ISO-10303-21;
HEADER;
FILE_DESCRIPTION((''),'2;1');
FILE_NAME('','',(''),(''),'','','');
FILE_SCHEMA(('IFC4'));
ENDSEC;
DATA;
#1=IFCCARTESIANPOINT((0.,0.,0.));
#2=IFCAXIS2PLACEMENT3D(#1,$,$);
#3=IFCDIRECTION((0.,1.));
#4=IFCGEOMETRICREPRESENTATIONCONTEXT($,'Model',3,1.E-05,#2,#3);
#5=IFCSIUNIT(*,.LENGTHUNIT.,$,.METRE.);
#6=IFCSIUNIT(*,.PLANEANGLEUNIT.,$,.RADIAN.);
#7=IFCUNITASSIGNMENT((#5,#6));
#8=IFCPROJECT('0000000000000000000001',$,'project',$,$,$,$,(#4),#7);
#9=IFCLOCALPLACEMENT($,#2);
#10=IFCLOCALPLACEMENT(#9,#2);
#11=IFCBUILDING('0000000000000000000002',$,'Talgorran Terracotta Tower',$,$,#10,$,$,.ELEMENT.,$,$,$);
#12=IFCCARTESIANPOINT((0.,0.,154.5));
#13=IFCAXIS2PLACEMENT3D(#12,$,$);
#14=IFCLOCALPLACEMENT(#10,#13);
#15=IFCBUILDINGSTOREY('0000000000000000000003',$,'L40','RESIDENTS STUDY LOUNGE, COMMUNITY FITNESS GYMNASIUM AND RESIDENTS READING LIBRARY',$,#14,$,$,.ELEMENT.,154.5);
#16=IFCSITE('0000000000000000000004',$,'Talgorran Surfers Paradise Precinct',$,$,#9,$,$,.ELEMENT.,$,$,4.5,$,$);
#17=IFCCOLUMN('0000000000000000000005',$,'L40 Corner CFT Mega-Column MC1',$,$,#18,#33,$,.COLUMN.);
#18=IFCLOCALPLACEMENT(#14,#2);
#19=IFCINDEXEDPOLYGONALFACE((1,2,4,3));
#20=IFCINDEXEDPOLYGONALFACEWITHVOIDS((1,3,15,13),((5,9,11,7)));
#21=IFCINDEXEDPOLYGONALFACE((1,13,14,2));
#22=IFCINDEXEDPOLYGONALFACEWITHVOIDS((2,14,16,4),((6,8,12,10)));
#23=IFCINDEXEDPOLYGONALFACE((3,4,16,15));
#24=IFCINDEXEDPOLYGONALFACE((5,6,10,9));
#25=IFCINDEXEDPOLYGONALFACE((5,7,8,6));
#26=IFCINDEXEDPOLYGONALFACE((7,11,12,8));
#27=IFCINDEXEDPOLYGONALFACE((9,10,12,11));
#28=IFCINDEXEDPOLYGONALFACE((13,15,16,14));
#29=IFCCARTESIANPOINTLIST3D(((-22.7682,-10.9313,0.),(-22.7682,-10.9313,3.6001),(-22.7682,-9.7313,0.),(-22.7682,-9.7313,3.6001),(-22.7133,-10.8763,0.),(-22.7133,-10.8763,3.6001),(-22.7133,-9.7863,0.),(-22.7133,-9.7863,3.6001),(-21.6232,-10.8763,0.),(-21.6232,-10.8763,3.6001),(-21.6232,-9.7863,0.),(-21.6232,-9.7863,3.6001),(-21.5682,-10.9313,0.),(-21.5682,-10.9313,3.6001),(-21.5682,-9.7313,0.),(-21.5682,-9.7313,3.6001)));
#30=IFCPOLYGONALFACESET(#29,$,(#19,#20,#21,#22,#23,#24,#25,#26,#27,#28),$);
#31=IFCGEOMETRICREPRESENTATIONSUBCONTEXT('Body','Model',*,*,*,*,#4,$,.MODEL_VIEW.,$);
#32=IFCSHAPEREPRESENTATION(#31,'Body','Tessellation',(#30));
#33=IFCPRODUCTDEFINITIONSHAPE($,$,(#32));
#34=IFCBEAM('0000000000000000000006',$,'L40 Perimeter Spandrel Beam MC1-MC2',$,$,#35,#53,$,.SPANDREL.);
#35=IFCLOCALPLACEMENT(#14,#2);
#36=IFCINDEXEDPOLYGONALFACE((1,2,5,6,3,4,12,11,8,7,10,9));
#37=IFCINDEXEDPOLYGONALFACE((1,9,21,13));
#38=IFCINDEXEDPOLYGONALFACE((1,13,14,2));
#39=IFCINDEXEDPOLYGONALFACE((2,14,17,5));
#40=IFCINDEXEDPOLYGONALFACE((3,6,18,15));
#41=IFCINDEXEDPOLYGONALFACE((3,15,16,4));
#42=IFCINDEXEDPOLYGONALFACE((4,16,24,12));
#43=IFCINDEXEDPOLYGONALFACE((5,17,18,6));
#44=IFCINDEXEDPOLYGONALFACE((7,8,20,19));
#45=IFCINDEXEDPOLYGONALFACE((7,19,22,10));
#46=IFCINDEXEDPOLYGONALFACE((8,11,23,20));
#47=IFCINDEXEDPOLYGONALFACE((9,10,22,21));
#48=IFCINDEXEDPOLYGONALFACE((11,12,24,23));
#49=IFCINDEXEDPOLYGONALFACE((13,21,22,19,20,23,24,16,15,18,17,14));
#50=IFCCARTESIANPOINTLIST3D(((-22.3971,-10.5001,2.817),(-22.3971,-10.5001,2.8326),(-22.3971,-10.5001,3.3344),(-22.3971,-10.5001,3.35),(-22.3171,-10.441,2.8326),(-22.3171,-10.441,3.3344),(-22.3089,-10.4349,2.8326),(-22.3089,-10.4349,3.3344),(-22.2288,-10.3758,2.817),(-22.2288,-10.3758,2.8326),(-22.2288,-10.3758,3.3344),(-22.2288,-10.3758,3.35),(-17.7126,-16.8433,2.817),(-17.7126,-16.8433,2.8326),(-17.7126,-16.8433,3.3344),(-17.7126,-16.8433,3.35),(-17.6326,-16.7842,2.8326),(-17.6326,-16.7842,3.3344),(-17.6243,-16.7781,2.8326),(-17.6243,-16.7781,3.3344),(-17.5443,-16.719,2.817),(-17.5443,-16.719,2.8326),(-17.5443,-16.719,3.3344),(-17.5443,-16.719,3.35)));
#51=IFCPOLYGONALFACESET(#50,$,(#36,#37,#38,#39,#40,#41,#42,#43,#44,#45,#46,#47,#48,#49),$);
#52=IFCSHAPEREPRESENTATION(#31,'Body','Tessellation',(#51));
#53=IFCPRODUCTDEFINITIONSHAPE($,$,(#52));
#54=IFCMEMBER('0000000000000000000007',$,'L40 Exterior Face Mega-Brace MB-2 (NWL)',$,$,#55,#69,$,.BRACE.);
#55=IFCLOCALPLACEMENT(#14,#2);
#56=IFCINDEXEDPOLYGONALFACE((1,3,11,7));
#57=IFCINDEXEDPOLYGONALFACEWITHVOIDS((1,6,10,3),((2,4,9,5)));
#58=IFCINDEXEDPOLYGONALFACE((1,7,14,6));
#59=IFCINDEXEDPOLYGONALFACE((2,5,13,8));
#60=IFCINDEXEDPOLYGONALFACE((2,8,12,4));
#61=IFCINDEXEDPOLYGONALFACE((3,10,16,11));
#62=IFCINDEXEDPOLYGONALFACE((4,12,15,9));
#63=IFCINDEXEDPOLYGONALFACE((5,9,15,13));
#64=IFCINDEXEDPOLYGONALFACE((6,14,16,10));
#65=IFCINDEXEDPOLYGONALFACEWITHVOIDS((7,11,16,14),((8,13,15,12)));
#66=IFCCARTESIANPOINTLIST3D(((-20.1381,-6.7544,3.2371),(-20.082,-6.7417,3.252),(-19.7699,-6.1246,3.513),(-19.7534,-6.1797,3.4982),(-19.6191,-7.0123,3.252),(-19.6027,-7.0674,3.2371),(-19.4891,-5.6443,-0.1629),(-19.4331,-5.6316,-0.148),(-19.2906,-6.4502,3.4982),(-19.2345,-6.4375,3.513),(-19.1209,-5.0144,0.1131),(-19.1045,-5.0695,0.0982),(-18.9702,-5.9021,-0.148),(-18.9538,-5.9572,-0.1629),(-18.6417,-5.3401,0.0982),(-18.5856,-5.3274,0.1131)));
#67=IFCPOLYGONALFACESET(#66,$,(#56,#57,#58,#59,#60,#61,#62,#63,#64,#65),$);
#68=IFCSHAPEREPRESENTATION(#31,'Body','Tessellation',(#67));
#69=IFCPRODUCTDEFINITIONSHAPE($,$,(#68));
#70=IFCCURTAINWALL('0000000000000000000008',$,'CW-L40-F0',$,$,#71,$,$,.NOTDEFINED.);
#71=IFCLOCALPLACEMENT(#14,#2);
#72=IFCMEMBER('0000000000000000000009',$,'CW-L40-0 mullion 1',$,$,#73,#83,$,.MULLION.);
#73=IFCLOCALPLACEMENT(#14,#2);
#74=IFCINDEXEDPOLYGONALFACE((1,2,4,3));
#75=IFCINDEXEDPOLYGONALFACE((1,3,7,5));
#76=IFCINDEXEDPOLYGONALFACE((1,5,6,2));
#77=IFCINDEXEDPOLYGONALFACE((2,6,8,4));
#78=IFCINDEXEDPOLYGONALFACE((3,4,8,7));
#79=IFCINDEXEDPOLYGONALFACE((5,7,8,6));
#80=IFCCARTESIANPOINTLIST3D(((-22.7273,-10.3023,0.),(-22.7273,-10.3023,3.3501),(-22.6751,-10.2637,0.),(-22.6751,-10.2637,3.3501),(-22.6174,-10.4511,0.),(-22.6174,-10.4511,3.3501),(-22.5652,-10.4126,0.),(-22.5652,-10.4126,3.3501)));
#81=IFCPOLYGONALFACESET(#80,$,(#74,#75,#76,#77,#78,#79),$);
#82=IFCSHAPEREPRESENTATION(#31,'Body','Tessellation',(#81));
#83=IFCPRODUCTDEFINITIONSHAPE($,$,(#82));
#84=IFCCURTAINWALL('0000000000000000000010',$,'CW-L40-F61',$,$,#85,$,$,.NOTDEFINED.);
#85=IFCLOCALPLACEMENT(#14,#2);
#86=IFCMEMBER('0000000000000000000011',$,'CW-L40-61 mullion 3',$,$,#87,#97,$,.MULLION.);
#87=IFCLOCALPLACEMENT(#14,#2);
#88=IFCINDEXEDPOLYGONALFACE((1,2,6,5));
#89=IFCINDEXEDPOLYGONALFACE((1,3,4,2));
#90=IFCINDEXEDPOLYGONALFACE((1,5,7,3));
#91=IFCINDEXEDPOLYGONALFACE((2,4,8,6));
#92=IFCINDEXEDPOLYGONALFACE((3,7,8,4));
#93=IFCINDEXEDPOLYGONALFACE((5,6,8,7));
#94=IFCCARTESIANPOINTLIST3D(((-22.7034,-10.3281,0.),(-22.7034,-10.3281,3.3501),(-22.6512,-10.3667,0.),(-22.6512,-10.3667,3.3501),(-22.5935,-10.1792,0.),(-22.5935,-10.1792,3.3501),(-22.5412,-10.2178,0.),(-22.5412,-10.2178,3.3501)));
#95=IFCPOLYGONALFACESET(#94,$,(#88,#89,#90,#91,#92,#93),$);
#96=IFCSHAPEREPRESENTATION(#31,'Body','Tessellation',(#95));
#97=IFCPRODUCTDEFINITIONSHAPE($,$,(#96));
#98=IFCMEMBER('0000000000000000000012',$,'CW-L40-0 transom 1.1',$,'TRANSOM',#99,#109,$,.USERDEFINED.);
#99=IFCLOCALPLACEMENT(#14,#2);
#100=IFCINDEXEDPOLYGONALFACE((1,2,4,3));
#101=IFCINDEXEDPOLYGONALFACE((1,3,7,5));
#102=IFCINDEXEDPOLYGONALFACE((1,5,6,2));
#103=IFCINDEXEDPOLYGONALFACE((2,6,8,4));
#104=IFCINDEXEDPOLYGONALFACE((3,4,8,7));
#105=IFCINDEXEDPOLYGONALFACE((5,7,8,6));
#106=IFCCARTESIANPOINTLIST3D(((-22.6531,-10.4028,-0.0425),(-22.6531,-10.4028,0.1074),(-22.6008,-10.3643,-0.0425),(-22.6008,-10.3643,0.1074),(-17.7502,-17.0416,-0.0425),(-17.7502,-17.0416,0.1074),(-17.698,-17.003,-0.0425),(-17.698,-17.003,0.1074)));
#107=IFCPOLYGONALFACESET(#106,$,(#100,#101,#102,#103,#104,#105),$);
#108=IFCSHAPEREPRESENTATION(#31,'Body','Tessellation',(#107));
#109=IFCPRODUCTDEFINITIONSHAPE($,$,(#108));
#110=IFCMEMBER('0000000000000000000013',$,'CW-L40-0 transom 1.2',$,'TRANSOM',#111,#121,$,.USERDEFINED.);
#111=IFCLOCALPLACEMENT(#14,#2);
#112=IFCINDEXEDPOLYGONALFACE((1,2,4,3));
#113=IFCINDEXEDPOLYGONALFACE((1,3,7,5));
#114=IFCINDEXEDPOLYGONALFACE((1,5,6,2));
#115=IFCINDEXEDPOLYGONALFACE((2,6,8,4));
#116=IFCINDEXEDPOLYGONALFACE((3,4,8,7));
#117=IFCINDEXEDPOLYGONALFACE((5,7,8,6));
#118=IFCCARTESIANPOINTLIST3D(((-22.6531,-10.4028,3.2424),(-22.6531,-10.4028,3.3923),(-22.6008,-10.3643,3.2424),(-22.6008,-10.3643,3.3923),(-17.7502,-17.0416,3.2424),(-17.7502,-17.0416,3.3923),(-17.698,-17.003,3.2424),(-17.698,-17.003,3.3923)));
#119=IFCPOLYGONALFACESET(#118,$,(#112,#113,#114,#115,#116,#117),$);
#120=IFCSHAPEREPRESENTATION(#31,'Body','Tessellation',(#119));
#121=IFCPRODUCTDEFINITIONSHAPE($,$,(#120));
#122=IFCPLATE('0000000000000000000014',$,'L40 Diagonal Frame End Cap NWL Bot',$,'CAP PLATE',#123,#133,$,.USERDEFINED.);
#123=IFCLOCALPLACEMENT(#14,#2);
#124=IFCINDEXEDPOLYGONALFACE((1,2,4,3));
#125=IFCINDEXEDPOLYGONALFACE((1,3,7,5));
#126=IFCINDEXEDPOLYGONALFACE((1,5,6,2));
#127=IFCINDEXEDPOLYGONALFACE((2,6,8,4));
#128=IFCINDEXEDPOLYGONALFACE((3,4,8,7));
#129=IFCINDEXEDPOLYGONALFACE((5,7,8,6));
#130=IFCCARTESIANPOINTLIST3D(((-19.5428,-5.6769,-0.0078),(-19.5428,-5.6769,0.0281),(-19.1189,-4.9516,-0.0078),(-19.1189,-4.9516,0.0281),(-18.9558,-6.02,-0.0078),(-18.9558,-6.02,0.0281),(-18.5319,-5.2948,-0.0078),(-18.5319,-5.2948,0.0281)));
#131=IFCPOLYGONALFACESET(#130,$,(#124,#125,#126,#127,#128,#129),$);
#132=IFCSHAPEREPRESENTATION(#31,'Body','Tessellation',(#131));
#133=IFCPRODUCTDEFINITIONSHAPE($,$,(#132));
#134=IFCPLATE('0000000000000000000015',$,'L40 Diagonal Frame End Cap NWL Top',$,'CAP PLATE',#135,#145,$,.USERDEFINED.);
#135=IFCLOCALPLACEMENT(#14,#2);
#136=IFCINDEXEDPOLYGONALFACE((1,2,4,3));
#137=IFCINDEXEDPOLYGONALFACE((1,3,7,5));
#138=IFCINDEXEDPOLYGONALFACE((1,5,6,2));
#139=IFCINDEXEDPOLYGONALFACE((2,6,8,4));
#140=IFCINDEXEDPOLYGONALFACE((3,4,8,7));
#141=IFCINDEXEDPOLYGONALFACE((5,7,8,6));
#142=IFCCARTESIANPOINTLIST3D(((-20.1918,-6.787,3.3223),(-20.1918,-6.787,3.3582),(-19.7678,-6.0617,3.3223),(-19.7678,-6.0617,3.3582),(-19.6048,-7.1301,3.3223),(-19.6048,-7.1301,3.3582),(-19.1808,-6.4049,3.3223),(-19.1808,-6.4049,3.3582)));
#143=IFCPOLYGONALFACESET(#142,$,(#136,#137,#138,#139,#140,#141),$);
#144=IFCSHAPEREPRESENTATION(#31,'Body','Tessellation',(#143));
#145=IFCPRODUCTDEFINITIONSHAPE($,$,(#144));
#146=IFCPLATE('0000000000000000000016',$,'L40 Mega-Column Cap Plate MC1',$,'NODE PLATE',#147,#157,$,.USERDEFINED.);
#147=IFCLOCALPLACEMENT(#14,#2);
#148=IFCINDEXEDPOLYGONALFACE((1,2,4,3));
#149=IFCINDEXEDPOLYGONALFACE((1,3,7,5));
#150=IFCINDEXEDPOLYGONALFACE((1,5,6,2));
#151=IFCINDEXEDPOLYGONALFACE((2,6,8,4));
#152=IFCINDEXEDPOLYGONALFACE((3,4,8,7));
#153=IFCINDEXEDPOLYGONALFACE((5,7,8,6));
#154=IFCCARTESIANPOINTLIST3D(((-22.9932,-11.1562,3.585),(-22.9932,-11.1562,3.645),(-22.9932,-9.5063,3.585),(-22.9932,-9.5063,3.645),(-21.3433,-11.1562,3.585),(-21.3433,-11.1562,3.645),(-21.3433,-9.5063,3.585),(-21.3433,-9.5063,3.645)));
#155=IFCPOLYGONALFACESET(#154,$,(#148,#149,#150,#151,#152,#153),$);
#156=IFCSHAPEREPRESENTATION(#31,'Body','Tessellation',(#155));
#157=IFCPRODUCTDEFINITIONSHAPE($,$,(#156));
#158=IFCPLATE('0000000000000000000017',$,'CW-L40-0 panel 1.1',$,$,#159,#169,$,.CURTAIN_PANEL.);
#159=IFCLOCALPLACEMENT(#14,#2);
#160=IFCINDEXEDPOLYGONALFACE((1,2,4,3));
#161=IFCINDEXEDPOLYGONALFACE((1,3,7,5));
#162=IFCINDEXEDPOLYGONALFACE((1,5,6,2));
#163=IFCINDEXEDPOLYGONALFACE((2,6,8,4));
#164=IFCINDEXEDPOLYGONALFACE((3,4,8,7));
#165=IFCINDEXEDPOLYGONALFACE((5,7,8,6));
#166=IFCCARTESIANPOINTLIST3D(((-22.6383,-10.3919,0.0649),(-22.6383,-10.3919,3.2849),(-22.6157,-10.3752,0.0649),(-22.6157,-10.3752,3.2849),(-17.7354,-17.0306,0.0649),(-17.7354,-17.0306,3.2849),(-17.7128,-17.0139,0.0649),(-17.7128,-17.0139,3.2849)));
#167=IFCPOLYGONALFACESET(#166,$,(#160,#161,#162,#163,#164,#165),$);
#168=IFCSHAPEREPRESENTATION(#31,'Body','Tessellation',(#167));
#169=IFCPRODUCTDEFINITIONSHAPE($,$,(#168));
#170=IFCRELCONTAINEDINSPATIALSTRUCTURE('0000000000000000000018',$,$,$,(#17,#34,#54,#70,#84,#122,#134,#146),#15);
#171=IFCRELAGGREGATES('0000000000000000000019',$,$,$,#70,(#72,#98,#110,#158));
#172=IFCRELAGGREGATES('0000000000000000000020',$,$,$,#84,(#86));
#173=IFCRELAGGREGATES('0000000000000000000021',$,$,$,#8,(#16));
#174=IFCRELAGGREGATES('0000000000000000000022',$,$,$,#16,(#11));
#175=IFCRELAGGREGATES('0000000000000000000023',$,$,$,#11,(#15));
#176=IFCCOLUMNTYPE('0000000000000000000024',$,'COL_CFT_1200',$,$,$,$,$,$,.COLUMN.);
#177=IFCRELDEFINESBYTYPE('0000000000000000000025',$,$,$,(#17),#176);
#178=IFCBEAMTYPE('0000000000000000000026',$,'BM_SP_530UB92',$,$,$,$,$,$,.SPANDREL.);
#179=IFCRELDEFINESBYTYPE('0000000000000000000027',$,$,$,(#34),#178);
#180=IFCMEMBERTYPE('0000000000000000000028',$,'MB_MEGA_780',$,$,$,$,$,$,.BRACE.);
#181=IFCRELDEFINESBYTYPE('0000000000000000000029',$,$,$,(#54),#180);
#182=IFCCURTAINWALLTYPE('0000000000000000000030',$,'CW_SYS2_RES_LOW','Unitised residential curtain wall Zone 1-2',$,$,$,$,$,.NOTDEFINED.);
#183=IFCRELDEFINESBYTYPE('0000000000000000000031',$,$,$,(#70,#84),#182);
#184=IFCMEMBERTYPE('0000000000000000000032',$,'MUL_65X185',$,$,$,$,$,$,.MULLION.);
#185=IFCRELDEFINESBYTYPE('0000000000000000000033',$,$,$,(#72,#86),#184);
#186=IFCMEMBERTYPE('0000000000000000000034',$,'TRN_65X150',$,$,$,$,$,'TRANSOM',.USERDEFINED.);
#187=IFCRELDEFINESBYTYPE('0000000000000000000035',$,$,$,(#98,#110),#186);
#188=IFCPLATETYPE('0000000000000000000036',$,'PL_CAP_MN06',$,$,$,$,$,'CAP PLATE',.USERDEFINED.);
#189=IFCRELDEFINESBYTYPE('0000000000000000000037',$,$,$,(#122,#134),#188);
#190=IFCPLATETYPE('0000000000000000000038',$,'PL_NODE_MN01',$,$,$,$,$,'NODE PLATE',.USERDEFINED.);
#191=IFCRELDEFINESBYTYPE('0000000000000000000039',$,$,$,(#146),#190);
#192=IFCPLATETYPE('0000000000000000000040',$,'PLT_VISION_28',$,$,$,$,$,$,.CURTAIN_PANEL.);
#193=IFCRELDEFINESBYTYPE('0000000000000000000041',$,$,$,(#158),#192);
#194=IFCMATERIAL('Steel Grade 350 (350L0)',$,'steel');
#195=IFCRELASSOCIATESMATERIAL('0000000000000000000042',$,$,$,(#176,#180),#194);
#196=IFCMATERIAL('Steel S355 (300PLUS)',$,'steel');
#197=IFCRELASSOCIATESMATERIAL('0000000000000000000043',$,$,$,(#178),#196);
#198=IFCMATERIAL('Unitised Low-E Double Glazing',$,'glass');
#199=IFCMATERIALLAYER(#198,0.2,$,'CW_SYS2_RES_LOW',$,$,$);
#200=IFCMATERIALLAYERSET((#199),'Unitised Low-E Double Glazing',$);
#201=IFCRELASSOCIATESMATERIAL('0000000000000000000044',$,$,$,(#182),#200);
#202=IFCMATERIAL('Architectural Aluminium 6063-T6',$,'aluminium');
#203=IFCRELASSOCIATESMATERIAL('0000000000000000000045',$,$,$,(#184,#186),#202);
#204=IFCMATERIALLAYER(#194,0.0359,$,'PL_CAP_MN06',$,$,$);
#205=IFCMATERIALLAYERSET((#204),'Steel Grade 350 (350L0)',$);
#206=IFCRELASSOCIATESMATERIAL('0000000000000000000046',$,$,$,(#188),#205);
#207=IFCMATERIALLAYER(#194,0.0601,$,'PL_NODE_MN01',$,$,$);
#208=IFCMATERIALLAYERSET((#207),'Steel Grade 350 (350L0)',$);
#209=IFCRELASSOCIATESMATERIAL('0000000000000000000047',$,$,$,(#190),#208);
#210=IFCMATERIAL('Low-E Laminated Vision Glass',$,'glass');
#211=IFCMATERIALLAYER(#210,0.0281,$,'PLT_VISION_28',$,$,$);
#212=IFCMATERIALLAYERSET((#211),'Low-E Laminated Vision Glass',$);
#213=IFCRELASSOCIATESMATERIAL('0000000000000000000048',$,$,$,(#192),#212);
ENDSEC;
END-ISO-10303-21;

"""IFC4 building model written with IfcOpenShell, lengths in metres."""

from ifc_helpers import new_model, si_unit, direction, frame, origin, origin_2d, place, context, subcontext, project, spatial, rectangle, hollow_rectangle, i_section, extrude, source, transform, mapped, material, layer, layer_set, material_profile, profile_set, type_object, type_shapes, element, aggregate, save


model = new_model("IFC4")

# Units and contexts
model_context = context("Model", 3, precision=1e-05, world=origin(), true_north=direction((0.0, 1.0)))
body_context = subcontext(model_context, "Body", "Model", "MODEL_VIEW")
ifc_project = project(units=[si_unit("LENGTHUNIT", "METRE"), si_unit("PLANEANGLEUNIT", "RADIAN")], contexts=[model_context])

# Site, building, storey
site_placement = place(None, origin())
site = spatial("IfcSite", under=ifc_project, at=site_placement, Name="Talgorran Surfers Paradise Precinct", CompositionType="ELEMENT", RefElevation=4.5)
building_placement = place(site_placement, origin())
building = spatial("IfcBuilding", under=site, at=building_placement, Name="Talgorran Terracotta Tower", CompositionType="ELEMENT")
storey_placement = place(building_placement, frame((0.0, 0.0, 154.5)))
storey = spatial("IfcBuildingStorey", under=building, at=storey_placement, Name="L40", Description="RESIDENTS STUDY LOUNGE, COMMUNITY FITNESS GYMNASIUM AND RESIDENTS READING LIBRARY", CompositionType="ELEMENT", Elevation=154.5)

# Column
ifc_material_1 = material(Name="Steel Grade 350 (350L0)", Category="steel")
ifc_material_profile_1 = material_profile(ifc_material_1, hollow_rectangle(XDim=1.2, YDim=1.2, WallThickness=0.0549, at=origin_2d()), Name="CFT1200X1200X55")
ifc_profile_set_1 = profile_set([ifc_material_profile_1], Name="Steel Grade 350 (350L0)")
column_type = type_object("IfcColumnType", Name="COL_CFT_1200", PredefinedType="COLUMN", material=ifc_profile_set_1)
column_placement = place(storey_placement, frame((-22.1682, -10.3313, 0.0), z_axis=(0.0, 0.0, 1.0), x_axis=(1.0, 0.0, 0.0)))
element("IfcColumn", 1, at=column_placement, inside=storey, type_object=column_type, Name="L40 Corner CFT Mega-Column MC1", PredefinedType="COLUMN", context=body_context, shape_type="SweptSolid", body=[
    extrude(hollow_rectangle(XDim=1.2, YDim=1.2, WallThickness=0.0549, at=origin_2d()), origin(), (0.0, 0.0, 1.0), 3.6001),
])

# Beam
ifc_material_2 = material(Name="Steel S355 (300PLUS)", Category="steel")
ifc_material_profile_2 = material_profile(ifc_material_2, i_section(OverallWidth=0.2092, OverallDepth=0.533, WebThickness=0.0103, FlangeThickness=0.0156, at=origin_2d()), Name="530UB92.4")
ifc_profile_set_2 = profile_set([ifc_material_profile_2], Name="Steel S355 (300PLUS)")
beam_type = type_object("IfcBeamType", Name="BM_SP_530UB92", PredefinedType="SPANDREL", material=ifc_profile_set_2)
beam_placement = place(storey_placement, frame((-22.313, -10.438, 3.0835), z_axis=(0.594069, -0.804414, 0.0), x_axis=(0.804414, 0.594069, 0.0)))
element("IfcBeam", 2, at=beam_placement, inside=storey, type_object=beam_type, Name="L40 Perimeter Spandrel Beam MC1-MC2", PredefinedType="SPANDREL", context=body_context, shape_type="SweptSolid", body=[
    extrude(i_section(OverallWidth=0.2092, OverallDepth=0.533, WebThickness=0.0103, FlangeThickness=0.0156, at=origin_2d()), origin(), (0.0, 0.0, 1.0), 7.8855),
])

# Member
ifc_material_profile_3 = material_profile(ifc_material_1, hollow_rectangle(XDim=0.6201, YDim=0.78, WallThickness=0.042, at=origin_2d()), Name="WBOX780X620X42")
ifc_profile_set_3 = profile_set([ifc_material_profile_3], Name="Steel Grade 350 (350L0)")
member_type_1 = type_object("IfcMemberType", Name="MB_MEGA_780", PredefinedType="BRACE", material=ifc_profile_set_3)
member_1_placement = place(storey_placement, frame((-19.0374, -5.4858, -0.0249), z_axis=(-0.178525, -0.305399, 0.93534), x_axis=(0.863317, -0.504662, 0.0)))
element("IfcMember", 3, at=member_1_placement, inside=storey, type_object=member_type_1, Name="L40 Exterior Face Mega-Brace MB-2 (NWL)", PredefinedType="BRACE", context=body_context, shape_type="SweptSolid", body=[
    extrude(hollow_rectangle(XDim=0.6201, YDim=0.78, WallThickness=0.042, at=origin_2d()), origin(), (0.0, 0.0, 1.0), 3.635),
])

# Curtain walls, members
ifc_material_3 = material(Name="Unitised Low-E Double Glazing", Category="glass")
ifc_layer_1 = layer(ifc_material_3, 0.2, Name="CW_SYS2_RES_LOW")
ifc_layer_set_1 = layer_set([ifc_layer_1], Name="Unitised Low-E Double Glazing")
curtain_wall_type = type_object("IfcCurtainWallType", Name="CW_SYS2_RES_LOW", Description="Unitised residential curtain wall Zone 1-2", PredefinedType="NOTDEFINED", material=ifc_layer_set_1)
curtain_wall_1_placement = place(storey_placement, origin())
curtain_wall_1 = element("IfcCurtainWall", 4, at=curtain_wall_1_placement, inside=storey, type_object=curtain_wall_type, Name="CW-L40-F0", PredefinedType="NOTDEFINED")
ifc_material_4 = material(Name="Architectural Aluminium 6063-T6", Category="aluminium")
ifc_material_profile_4 = material_profile(ifc_material_4, rectangle(XDim=0.0649, YDim=0.1851, at=origin_2d()), Name="CWM65X185")
ifc_profile_set_4 = profile_set([ifc_material_profile_4], Name="Architectural Aluminium 6063-T6")
member_type_2 = type_object("IfcMemberType", Name="MUL_65X185", PredefinedType="MULLION", material=ifc_profile_set_4)
member_2_placement = place(storey_placement, frame((-22.6462, -10.3574, 0.0), z_axis=(0.0, 0.0, 1.0), x_axis=(0.804404, 0.594082, 0.0)))
member_2 = element("IfcMember", 5, at=member_2_placement, type_object=member_type_2, Name="CW-L40-0 mullion 1", PredefinedType="MULLION", context=body_context, shape_type="SweptSolid", body=[
    extrude(rectangle(XDim=0.0649, YDim=0.1851, at=origin_2d()), origin(), (0.0, 0.0, 1.0), 3.3501),
])
curtain_wall_2_placement = place(storey_placement, origin())
curtain_wall_2 = element("IfcCurtainWall", 6, at=curtain_wall_2_placement, inside=storey, type_object=curtain_wall_type, Name="CW-L40-F61", PredefinedType="NOTDEFINED")
member_3_placement = place(storey_placement, frame((-22.6223, -10.2729, 0.0), z_axis=(0.0, 0.0, 1.0), x_axis=(0.80441, -0.594074, 0.0)))
member_3 = element("IfcMember", 7, at=member_3_placement, type_object=member_type_2, Name="CW-L40-61 mullion 3", PredefinedType="MULLION", context=body_context, shape_type="SweptSolid", body=[
    extrude(rectangle(XDim=0.0649, YDim=0.1851, at=origin_2d()), origin(), (0.0, 0.0, 1.0), 3.3501),
])

# Members
ifc_material_profile_5 = material_profile(ifc_material_4, rectangle(XDim=0.0649, YDim=0.1499, at=origin_2d()), Name="CWT65X150")
ifc_profile_set_5 = profile_set([ifc_material_profile_5], Name="Architectural Aluminium 6063-T6")
member_type_3 = type_object("IfcMemberType", Name="TRN_65X150", ElementType="TRANSOM", PredefinedType="USERDEFINED", material=ifc_profile_set_5)
member_4_placement = place(storey_placement, frame((-22.627, -10.3835, 0.0325), z_axis=(0.594077, -0.804408, 0.0), x_axis=(0.804408, 0.594077, 0.0)))
member_4 = element("IfcMember", 8, at=member_4_placement, type_object=member_type_3, Name="CW-L40-0 transom 1.1", ObjectType="TRANSOM", PredefinedType="USERDEFINED", context=body_context, shape_type="SweptSolid", body=[
    extrude(rectangle(XDim=0.0649, YDim=0.1499, at=origin_2d()), origin(), (0.0, 0.0, 1.0), 8.2529),
])
member_5_placement = place(storey_placement, frame((-22.627, -10.3835, 3.3174), z_axis=(0.594077, -0.804408, 0.0), x_axis=(0.804408, 0.594077, 0.0)))
member_5 = element("IfcMember", 9, at=member_5_placement, type_object=member_type_3, Name="CW-L40-0 transom 1.2", ObjectType="TRANSOM", PredefinedType="USERDEFINED", context=body_context, shape_type="SweptSolid", body=[
    extrude(rectangle(XDim=0.0649, YDim=0.1499, at=origin_2d()), origin(), (0.0, 0.0, 1.0), 8.2529),
])

# Plates
ifc_layer_2 = layer(ifc_material_1, 0.0359, Name="PL_CAP_MN06")
ifc_layer_set_2 = layer_set([ifc_layer_2], Name="Steel Grade 350 (350L0)")
plate_type_1 = type_object("IfcPlateType", Name="PL_CAP_MN06", ElementType="CAP PLATE", PredefinedType="USERDEFINED", material=ifc_layer_set_2)
for number, where, z_axis, x_axis, name in (
    (10, (-19.0374, -5.4858, -0.0078), (0.0, 0.0, 1.0), (-0.504678, -0.863307, 0.0), "L40 Diagonal Frame End Cap NWL Bot"),
    (11, (-19.6863, -6.5959, 3.3223), (0.0, 0.0, 1.0), (-0.504678, -0.863307, 0.0), "L40 Diagonal Frame End Cap NWL Top"),
):
    element("IfcPlate", number, at=place(storey_placement, frame(where, z_axis=z_axis, x_axis=x_axis)), inside=storey, type_object=plate_type_1, Name=name, ObjectType="CAP PLATE", PredefinedType="USERDEFINED", context=body_context, shape_type="SweptSolid", body=[
        extrude(rectangle(XDim=0.8401, YDim=0.6799, at=origin_2d()), origin(), (0.0, 0.0, 1.0), 0.0359),
    ])
ifc_layer_3 = layer(ifc_material_1, 0.0601, Name="PL_NODE_MN01")
ifc_layer_set_3 = layer_set([ifc_layer_3], Name="Steel Grade 350 (350L0)")
plate_type_2 = type_object("IfcPlateType", Name="PL_NODE_MN01", ElementType="NODE PLATE", PredefinedType="USERDEFINED", material=ifc_layer_set_3)
plate_1_placement = place(storey_placement, frame((-22.1682, -10.3313, 3.585), z_axis=(0.0, 0.0, 1.0), x_axis=(1.0, 0.0, 0.0)))
element("IfcPlate", 12, at=plate_1_placement, inside=storey, type_object=plate_type_2, Name="L40 Mega-Column Cap Plate MC1", ObjectType="NODE PLATE", PredefinedType="USERDEFINED", context=body_context, shape_type="SweptSolid", body=[
    extrude(rectangle(XDim=1.6499, YDim=1.6499, at=origin_2d()), origin(), (0.0, 0.0, 1.0), 0.0601),
])

# Plate
ifc_material_5 = material(Name="Low-E Laminated Vision Glass", Category="glass")
ifc_layer_4 = layer(ifc_material_5, 0.0281, Name="PLT_VISION_28")
ifc_layer_set_4 = layer_set([ifc_layer_4], Name="Low-E Laminated Vision Glass")
plate_type_3 = type_object("IfcPlateType", Name="PLT_VISION_28", PredefinedType="CURTAIN_PANEL", material=ifc_layer_set_4)
shared_shape_1 = source(origin(), body_context, "Body", "SweptSolid", [
    extrude(rectangle(XDim=8.2529, YDim=0.0281, at=origin_2d()), origin(), (0.0, 0.0, 1.0), 3.22),
])
type_shapes(plate_type_3, [shared_shape_1])
plate_2_placement = place(storey_placement, frame((-20.1755, -13.7029, 0.0649), z_axis=(0.0, 0.0, 1.0), x_axis=(0.594082, -0.804404, 0.0)))
plate_2 = element("IfcPlate", 13, at=plate_2_placement, type_object=plate_type_3, Name="CW-L40-0 panel 1.1", PredefinedType="CURTAIN_PANEL", context=body_context, shape_type="MappedRepresentation", body=[
    mapped(shared_shape_1, transform((0.0, 0.0, 0.0), scale=1.0)),
])
aggregate(curtain_wall_1, [member_2, member_4, member_5, plate_2])
aggregate(curtain_wall_2, [member_3])

save(model, "model.ifc")
